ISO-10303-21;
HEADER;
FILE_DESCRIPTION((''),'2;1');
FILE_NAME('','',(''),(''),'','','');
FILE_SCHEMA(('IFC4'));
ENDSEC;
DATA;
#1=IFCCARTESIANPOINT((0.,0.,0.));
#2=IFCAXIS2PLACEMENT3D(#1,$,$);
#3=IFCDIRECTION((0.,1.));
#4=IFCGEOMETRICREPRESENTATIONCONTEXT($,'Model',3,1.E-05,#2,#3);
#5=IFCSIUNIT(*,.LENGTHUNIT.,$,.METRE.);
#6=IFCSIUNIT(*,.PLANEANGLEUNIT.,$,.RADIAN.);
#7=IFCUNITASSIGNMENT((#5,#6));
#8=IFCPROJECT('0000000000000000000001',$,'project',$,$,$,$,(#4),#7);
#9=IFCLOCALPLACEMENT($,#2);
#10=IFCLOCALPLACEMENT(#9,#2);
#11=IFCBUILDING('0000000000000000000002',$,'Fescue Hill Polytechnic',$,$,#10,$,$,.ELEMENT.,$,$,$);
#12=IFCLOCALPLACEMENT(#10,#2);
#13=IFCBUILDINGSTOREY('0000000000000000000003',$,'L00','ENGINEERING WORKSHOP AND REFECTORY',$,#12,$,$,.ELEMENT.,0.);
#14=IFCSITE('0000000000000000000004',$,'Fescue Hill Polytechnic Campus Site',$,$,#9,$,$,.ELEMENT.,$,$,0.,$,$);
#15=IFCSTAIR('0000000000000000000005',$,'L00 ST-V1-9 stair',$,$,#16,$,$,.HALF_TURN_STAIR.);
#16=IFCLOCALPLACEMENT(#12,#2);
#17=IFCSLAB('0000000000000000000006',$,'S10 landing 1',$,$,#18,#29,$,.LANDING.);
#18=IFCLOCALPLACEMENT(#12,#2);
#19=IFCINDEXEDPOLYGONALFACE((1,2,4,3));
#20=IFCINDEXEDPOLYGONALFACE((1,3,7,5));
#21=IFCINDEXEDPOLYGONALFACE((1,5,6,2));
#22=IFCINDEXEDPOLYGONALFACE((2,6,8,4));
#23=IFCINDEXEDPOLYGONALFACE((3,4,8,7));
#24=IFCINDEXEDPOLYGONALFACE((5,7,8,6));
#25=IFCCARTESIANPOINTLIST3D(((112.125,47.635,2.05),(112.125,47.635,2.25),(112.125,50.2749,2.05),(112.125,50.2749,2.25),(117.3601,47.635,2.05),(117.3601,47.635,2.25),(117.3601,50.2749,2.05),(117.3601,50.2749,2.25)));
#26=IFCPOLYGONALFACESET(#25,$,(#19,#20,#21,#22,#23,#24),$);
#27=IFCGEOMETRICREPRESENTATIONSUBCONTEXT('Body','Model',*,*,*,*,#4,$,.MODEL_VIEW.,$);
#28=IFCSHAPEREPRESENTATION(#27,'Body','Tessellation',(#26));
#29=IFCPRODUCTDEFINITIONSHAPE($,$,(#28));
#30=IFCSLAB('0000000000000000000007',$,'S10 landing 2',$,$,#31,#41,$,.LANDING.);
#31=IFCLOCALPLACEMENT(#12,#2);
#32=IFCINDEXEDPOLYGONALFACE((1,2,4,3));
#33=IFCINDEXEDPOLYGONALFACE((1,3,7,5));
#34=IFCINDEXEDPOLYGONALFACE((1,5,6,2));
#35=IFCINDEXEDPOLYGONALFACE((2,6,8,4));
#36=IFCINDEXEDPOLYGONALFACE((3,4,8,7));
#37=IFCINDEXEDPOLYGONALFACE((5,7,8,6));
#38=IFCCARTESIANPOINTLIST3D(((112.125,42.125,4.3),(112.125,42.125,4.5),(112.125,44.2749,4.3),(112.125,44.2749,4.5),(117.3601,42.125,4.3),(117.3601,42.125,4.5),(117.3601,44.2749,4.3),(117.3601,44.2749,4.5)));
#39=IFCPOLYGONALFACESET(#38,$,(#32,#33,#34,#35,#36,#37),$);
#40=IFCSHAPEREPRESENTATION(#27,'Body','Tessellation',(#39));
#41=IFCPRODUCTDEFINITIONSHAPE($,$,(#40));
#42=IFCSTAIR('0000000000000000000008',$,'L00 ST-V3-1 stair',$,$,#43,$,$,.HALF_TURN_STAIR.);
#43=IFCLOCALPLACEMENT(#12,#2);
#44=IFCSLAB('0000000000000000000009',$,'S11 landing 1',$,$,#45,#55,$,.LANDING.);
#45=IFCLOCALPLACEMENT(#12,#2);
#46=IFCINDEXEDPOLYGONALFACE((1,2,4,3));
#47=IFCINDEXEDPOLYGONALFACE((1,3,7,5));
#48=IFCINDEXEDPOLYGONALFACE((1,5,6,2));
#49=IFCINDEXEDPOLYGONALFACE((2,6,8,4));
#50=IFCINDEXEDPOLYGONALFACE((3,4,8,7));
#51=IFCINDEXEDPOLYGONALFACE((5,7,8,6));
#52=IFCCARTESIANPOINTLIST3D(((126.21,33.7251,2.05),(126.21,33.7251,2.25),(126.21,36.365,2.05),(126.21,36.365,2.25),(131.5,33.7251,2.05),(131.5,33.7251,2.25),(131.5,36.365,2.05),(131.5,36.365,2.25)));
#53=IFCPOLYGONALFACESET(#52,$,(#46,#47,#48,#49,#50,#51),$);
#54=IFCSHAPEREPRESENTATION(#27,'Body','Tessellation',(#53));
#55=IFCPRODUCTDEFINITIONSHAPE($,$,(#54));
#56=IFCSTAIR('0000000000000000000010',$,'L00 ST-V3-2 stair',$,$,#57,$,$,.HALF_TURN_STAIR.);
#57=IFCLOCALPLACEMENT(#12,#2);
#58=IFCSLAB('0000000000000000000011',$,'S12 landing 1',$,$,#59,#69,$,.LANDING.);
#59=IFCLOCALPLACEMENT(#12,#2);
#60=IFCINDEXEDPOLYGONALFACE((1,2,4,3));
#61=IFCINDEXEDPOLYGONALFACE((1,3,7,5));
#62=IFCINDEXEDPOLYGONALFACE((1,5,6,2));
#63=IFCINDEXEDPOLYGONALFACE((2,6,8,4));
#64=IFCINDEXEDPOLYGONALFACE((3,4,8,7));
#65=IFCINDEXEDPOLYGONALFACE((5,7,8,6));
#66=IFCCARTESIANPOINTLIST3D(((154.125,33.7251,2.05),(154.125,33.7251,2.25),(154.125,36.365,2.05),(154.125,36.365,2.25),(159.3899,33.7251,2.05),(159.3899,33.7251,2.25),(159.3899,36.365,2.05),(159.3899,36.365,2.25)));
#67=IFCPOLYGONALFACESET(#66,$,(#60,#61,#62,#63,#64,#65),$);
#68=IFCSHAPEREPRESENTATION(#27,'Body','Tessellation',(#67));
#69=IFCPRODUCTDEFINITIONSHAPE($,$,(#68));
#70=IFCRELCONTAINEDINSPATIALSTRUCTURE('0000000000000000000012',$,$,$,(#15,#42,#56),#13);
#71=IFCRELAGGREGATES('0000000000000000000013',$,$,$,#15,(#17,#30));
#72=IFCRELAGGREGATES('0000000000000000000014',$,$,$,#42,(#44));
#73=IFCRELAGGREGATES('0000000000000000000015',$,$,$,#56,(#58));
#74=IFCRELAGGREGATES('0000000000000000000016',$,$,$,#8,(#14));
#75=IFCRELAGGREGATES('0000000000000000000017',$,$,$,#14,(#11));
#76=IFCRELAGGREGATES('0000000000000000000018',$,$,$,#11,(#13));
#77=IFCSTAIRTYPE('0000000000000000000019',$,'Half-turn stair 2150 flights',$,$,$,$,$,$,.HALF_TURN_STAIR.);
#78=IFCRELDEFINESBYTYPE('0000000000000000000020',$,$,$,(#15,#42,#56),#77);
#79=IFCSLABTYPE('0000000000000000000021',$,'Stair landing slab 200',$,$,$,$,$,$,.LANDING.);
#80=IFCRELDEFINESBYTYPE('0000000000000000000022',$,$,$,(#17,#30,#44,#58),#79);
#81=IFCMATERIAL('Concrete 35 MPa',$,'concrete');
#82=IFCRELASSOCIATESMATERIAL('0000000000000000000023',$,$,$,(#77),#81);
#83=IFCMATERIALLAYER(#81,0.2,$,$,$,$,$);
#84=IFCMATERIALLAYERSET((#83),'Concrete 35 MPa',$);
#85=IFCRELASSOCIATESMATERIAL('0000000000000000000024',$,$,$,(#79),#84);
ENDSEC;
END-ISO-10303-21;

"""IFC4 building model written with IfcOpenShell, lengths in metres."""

from ifc_helpers import new_model, si_unit, direction, frame, origin, place, context, subcontext, project, spatial, polyline, outline, extrude, material, layer, layer_set, type_object, element, aggregate, save


model = new_model("IFC4")

# Units and contexts
model_context = context("Model", 3, precision=1e-05, world=origin(), true_north=direction((0.0, 1.0)))
body_context = subcontext(model_context, "Body", "Model", "MODEL_VIEW")
ifc_project = project(units=[si_unit("LENGTHUNIT", "METRE"), si_unit("PLANEANGLEUNIT", "RADIAN")], contexts=[model_context])

# Site, building, storey
site_placement = place(None, origin())
site = spatial("IfcSite", under=ifc_project, at=site_placement, Name="Fescue Hill Polytechnic Campus Site", CompositionType="ELEMENT", RefElevation=0.0)
building_placement = place(site_placement, origin())
building = spatial("IfcBuilding", under=site, at=building_placement, Name="Fescue Hill Polytechnic", CompositionType="ELEMENT")
storey_placement = place(building_placement, origin())
storey = spatial("IfcBuildingStorey", under=building, at=storey_placement, Name="L00", Description="ENGINEERING WORKSHOP AND REFECTORY", CompositionType="ELEMENT", Elevation=0.0)

# Shared definitions
ifc_material = material(Name="Concrete 35 MPa", Category="concrete")

# Shared definitions
stair_type = type_object("IfcStairType", Name="Half-turn stair 2150 flights", PredefinedType="HALF_TURN_STAIR", material=ifc_material)
ifc_layer = layer(ifc_material, 0.2)
ifc_layer_set = layer_set([ifc_layer], Name="Concrete 35 MPa")
slab_type = type_object("IfcSlabType", Name="Stair landing slab 200", PredefinedType="LANDING", material=ifc_layer_set)

# Stair, slabs
stair_1_placement = place(storey_placement, origin())
stair_1 = element("IfcStair", 1, at=stair_1_placement, inside=storey, type_object=stair_type, Name="L00 ST-V1-9 stair", PredefinedType="HALF_TURN_STAIR")
slab_1_placement = place(storey_placement, frame((0.0, 0.0, 2.05)))
slab_1 = element("IfcSlab", 2, at=slab_1_placement, type_object=slab_type, Name="S10 landing 1", PredefinedType="LANDING", context=body_context, shape_type="SweptSolid", body=[
    extrude(outline(polyline([(112.125, 47.635), (117.3601, 47.635), (117.3601, 50.2749), (112.125, 50.2749), (112.125, 47.635)])), origin(), (0.0, 0.0, 1.0), 0.2),
])
slab_2_placement = place(storey_placement, frame((0.0, 0.0, 4.3)))
slab_2 = element("IfcSlab", 3, at=slab_2_placement, type_object=slab_type, Name="S10 landing 2", PredefinedType="LANDING", context=body_context, shape_type="SweptSolid", body=[
    extrude(outline(polyline([(112.125, 42.125), (117.3601, 42.125), (117.3601, 44.2749), (112.125, 44.2749), (112.125, 42.125)])), origin(), (0.0, 0.0, 1.0), 0.2),
])
aggregate(stair_1, [slab_1, slab_2])

# Stairs, slabs
stair_2_placement = place(storey_placement, origin())
stair_2 = element("IfcStair", 4, at=stair_2_placement, inside=storey, type_object=stair_type, Name="L00 ST-V3-1 stair", PredefinedType="HALF_TURN_STAIR")
slab_3_placement = place(storey_placement, frame((0.0, 0.0, 2.05)))
slab_3 = element("IfcSlab", 5, at=slab_3_placement, type_object=slab_type, Name="S11 landing 1", PredefinedType="LANDING", context=body_context, shape_type="SweptSolid", body=[
    extrude(outline(polyline([(126.21, 33.7251), (131.5, 33.7251), (131.5, 36.365), (126.21, 36.365), (126.21, 33.7251)])), origin(), (0.0, 0.0, 1.0), 0.2),
])
aggregate(stair_2, [slab_3])
stair_3_placement = place(storey_placement, origin())
stair_3 = element("IfcStair", 6, at=stair_3_placement, inside=storey, type_object=stair_type, Name="L00 ST-V3-2 stair", PredefinedType="HALF_TURN_STAIR")
slab_4_placement = place(storey_placement, frame((0.0, 0.0, 2.05)))
slab_4 = element("IfcSlab", 7, at=slab_4_placement, type_object=slab_type, Name="S12 landing 1", PredefinedType="LANDING", context=body_context, shape_type="SweptSolid", body=[
    extrude(outline(polyline([(154.125, 33.7251), (159.3899, 33.7251), (159.3899, 36.365), (154.125, 36.365), (154.125, 33.7251)])), origin(), (0.0, 0.0, 1.0), 0.2),
])
aggregate(stair_3, [slab_4])

save(model, "model.ifc")
